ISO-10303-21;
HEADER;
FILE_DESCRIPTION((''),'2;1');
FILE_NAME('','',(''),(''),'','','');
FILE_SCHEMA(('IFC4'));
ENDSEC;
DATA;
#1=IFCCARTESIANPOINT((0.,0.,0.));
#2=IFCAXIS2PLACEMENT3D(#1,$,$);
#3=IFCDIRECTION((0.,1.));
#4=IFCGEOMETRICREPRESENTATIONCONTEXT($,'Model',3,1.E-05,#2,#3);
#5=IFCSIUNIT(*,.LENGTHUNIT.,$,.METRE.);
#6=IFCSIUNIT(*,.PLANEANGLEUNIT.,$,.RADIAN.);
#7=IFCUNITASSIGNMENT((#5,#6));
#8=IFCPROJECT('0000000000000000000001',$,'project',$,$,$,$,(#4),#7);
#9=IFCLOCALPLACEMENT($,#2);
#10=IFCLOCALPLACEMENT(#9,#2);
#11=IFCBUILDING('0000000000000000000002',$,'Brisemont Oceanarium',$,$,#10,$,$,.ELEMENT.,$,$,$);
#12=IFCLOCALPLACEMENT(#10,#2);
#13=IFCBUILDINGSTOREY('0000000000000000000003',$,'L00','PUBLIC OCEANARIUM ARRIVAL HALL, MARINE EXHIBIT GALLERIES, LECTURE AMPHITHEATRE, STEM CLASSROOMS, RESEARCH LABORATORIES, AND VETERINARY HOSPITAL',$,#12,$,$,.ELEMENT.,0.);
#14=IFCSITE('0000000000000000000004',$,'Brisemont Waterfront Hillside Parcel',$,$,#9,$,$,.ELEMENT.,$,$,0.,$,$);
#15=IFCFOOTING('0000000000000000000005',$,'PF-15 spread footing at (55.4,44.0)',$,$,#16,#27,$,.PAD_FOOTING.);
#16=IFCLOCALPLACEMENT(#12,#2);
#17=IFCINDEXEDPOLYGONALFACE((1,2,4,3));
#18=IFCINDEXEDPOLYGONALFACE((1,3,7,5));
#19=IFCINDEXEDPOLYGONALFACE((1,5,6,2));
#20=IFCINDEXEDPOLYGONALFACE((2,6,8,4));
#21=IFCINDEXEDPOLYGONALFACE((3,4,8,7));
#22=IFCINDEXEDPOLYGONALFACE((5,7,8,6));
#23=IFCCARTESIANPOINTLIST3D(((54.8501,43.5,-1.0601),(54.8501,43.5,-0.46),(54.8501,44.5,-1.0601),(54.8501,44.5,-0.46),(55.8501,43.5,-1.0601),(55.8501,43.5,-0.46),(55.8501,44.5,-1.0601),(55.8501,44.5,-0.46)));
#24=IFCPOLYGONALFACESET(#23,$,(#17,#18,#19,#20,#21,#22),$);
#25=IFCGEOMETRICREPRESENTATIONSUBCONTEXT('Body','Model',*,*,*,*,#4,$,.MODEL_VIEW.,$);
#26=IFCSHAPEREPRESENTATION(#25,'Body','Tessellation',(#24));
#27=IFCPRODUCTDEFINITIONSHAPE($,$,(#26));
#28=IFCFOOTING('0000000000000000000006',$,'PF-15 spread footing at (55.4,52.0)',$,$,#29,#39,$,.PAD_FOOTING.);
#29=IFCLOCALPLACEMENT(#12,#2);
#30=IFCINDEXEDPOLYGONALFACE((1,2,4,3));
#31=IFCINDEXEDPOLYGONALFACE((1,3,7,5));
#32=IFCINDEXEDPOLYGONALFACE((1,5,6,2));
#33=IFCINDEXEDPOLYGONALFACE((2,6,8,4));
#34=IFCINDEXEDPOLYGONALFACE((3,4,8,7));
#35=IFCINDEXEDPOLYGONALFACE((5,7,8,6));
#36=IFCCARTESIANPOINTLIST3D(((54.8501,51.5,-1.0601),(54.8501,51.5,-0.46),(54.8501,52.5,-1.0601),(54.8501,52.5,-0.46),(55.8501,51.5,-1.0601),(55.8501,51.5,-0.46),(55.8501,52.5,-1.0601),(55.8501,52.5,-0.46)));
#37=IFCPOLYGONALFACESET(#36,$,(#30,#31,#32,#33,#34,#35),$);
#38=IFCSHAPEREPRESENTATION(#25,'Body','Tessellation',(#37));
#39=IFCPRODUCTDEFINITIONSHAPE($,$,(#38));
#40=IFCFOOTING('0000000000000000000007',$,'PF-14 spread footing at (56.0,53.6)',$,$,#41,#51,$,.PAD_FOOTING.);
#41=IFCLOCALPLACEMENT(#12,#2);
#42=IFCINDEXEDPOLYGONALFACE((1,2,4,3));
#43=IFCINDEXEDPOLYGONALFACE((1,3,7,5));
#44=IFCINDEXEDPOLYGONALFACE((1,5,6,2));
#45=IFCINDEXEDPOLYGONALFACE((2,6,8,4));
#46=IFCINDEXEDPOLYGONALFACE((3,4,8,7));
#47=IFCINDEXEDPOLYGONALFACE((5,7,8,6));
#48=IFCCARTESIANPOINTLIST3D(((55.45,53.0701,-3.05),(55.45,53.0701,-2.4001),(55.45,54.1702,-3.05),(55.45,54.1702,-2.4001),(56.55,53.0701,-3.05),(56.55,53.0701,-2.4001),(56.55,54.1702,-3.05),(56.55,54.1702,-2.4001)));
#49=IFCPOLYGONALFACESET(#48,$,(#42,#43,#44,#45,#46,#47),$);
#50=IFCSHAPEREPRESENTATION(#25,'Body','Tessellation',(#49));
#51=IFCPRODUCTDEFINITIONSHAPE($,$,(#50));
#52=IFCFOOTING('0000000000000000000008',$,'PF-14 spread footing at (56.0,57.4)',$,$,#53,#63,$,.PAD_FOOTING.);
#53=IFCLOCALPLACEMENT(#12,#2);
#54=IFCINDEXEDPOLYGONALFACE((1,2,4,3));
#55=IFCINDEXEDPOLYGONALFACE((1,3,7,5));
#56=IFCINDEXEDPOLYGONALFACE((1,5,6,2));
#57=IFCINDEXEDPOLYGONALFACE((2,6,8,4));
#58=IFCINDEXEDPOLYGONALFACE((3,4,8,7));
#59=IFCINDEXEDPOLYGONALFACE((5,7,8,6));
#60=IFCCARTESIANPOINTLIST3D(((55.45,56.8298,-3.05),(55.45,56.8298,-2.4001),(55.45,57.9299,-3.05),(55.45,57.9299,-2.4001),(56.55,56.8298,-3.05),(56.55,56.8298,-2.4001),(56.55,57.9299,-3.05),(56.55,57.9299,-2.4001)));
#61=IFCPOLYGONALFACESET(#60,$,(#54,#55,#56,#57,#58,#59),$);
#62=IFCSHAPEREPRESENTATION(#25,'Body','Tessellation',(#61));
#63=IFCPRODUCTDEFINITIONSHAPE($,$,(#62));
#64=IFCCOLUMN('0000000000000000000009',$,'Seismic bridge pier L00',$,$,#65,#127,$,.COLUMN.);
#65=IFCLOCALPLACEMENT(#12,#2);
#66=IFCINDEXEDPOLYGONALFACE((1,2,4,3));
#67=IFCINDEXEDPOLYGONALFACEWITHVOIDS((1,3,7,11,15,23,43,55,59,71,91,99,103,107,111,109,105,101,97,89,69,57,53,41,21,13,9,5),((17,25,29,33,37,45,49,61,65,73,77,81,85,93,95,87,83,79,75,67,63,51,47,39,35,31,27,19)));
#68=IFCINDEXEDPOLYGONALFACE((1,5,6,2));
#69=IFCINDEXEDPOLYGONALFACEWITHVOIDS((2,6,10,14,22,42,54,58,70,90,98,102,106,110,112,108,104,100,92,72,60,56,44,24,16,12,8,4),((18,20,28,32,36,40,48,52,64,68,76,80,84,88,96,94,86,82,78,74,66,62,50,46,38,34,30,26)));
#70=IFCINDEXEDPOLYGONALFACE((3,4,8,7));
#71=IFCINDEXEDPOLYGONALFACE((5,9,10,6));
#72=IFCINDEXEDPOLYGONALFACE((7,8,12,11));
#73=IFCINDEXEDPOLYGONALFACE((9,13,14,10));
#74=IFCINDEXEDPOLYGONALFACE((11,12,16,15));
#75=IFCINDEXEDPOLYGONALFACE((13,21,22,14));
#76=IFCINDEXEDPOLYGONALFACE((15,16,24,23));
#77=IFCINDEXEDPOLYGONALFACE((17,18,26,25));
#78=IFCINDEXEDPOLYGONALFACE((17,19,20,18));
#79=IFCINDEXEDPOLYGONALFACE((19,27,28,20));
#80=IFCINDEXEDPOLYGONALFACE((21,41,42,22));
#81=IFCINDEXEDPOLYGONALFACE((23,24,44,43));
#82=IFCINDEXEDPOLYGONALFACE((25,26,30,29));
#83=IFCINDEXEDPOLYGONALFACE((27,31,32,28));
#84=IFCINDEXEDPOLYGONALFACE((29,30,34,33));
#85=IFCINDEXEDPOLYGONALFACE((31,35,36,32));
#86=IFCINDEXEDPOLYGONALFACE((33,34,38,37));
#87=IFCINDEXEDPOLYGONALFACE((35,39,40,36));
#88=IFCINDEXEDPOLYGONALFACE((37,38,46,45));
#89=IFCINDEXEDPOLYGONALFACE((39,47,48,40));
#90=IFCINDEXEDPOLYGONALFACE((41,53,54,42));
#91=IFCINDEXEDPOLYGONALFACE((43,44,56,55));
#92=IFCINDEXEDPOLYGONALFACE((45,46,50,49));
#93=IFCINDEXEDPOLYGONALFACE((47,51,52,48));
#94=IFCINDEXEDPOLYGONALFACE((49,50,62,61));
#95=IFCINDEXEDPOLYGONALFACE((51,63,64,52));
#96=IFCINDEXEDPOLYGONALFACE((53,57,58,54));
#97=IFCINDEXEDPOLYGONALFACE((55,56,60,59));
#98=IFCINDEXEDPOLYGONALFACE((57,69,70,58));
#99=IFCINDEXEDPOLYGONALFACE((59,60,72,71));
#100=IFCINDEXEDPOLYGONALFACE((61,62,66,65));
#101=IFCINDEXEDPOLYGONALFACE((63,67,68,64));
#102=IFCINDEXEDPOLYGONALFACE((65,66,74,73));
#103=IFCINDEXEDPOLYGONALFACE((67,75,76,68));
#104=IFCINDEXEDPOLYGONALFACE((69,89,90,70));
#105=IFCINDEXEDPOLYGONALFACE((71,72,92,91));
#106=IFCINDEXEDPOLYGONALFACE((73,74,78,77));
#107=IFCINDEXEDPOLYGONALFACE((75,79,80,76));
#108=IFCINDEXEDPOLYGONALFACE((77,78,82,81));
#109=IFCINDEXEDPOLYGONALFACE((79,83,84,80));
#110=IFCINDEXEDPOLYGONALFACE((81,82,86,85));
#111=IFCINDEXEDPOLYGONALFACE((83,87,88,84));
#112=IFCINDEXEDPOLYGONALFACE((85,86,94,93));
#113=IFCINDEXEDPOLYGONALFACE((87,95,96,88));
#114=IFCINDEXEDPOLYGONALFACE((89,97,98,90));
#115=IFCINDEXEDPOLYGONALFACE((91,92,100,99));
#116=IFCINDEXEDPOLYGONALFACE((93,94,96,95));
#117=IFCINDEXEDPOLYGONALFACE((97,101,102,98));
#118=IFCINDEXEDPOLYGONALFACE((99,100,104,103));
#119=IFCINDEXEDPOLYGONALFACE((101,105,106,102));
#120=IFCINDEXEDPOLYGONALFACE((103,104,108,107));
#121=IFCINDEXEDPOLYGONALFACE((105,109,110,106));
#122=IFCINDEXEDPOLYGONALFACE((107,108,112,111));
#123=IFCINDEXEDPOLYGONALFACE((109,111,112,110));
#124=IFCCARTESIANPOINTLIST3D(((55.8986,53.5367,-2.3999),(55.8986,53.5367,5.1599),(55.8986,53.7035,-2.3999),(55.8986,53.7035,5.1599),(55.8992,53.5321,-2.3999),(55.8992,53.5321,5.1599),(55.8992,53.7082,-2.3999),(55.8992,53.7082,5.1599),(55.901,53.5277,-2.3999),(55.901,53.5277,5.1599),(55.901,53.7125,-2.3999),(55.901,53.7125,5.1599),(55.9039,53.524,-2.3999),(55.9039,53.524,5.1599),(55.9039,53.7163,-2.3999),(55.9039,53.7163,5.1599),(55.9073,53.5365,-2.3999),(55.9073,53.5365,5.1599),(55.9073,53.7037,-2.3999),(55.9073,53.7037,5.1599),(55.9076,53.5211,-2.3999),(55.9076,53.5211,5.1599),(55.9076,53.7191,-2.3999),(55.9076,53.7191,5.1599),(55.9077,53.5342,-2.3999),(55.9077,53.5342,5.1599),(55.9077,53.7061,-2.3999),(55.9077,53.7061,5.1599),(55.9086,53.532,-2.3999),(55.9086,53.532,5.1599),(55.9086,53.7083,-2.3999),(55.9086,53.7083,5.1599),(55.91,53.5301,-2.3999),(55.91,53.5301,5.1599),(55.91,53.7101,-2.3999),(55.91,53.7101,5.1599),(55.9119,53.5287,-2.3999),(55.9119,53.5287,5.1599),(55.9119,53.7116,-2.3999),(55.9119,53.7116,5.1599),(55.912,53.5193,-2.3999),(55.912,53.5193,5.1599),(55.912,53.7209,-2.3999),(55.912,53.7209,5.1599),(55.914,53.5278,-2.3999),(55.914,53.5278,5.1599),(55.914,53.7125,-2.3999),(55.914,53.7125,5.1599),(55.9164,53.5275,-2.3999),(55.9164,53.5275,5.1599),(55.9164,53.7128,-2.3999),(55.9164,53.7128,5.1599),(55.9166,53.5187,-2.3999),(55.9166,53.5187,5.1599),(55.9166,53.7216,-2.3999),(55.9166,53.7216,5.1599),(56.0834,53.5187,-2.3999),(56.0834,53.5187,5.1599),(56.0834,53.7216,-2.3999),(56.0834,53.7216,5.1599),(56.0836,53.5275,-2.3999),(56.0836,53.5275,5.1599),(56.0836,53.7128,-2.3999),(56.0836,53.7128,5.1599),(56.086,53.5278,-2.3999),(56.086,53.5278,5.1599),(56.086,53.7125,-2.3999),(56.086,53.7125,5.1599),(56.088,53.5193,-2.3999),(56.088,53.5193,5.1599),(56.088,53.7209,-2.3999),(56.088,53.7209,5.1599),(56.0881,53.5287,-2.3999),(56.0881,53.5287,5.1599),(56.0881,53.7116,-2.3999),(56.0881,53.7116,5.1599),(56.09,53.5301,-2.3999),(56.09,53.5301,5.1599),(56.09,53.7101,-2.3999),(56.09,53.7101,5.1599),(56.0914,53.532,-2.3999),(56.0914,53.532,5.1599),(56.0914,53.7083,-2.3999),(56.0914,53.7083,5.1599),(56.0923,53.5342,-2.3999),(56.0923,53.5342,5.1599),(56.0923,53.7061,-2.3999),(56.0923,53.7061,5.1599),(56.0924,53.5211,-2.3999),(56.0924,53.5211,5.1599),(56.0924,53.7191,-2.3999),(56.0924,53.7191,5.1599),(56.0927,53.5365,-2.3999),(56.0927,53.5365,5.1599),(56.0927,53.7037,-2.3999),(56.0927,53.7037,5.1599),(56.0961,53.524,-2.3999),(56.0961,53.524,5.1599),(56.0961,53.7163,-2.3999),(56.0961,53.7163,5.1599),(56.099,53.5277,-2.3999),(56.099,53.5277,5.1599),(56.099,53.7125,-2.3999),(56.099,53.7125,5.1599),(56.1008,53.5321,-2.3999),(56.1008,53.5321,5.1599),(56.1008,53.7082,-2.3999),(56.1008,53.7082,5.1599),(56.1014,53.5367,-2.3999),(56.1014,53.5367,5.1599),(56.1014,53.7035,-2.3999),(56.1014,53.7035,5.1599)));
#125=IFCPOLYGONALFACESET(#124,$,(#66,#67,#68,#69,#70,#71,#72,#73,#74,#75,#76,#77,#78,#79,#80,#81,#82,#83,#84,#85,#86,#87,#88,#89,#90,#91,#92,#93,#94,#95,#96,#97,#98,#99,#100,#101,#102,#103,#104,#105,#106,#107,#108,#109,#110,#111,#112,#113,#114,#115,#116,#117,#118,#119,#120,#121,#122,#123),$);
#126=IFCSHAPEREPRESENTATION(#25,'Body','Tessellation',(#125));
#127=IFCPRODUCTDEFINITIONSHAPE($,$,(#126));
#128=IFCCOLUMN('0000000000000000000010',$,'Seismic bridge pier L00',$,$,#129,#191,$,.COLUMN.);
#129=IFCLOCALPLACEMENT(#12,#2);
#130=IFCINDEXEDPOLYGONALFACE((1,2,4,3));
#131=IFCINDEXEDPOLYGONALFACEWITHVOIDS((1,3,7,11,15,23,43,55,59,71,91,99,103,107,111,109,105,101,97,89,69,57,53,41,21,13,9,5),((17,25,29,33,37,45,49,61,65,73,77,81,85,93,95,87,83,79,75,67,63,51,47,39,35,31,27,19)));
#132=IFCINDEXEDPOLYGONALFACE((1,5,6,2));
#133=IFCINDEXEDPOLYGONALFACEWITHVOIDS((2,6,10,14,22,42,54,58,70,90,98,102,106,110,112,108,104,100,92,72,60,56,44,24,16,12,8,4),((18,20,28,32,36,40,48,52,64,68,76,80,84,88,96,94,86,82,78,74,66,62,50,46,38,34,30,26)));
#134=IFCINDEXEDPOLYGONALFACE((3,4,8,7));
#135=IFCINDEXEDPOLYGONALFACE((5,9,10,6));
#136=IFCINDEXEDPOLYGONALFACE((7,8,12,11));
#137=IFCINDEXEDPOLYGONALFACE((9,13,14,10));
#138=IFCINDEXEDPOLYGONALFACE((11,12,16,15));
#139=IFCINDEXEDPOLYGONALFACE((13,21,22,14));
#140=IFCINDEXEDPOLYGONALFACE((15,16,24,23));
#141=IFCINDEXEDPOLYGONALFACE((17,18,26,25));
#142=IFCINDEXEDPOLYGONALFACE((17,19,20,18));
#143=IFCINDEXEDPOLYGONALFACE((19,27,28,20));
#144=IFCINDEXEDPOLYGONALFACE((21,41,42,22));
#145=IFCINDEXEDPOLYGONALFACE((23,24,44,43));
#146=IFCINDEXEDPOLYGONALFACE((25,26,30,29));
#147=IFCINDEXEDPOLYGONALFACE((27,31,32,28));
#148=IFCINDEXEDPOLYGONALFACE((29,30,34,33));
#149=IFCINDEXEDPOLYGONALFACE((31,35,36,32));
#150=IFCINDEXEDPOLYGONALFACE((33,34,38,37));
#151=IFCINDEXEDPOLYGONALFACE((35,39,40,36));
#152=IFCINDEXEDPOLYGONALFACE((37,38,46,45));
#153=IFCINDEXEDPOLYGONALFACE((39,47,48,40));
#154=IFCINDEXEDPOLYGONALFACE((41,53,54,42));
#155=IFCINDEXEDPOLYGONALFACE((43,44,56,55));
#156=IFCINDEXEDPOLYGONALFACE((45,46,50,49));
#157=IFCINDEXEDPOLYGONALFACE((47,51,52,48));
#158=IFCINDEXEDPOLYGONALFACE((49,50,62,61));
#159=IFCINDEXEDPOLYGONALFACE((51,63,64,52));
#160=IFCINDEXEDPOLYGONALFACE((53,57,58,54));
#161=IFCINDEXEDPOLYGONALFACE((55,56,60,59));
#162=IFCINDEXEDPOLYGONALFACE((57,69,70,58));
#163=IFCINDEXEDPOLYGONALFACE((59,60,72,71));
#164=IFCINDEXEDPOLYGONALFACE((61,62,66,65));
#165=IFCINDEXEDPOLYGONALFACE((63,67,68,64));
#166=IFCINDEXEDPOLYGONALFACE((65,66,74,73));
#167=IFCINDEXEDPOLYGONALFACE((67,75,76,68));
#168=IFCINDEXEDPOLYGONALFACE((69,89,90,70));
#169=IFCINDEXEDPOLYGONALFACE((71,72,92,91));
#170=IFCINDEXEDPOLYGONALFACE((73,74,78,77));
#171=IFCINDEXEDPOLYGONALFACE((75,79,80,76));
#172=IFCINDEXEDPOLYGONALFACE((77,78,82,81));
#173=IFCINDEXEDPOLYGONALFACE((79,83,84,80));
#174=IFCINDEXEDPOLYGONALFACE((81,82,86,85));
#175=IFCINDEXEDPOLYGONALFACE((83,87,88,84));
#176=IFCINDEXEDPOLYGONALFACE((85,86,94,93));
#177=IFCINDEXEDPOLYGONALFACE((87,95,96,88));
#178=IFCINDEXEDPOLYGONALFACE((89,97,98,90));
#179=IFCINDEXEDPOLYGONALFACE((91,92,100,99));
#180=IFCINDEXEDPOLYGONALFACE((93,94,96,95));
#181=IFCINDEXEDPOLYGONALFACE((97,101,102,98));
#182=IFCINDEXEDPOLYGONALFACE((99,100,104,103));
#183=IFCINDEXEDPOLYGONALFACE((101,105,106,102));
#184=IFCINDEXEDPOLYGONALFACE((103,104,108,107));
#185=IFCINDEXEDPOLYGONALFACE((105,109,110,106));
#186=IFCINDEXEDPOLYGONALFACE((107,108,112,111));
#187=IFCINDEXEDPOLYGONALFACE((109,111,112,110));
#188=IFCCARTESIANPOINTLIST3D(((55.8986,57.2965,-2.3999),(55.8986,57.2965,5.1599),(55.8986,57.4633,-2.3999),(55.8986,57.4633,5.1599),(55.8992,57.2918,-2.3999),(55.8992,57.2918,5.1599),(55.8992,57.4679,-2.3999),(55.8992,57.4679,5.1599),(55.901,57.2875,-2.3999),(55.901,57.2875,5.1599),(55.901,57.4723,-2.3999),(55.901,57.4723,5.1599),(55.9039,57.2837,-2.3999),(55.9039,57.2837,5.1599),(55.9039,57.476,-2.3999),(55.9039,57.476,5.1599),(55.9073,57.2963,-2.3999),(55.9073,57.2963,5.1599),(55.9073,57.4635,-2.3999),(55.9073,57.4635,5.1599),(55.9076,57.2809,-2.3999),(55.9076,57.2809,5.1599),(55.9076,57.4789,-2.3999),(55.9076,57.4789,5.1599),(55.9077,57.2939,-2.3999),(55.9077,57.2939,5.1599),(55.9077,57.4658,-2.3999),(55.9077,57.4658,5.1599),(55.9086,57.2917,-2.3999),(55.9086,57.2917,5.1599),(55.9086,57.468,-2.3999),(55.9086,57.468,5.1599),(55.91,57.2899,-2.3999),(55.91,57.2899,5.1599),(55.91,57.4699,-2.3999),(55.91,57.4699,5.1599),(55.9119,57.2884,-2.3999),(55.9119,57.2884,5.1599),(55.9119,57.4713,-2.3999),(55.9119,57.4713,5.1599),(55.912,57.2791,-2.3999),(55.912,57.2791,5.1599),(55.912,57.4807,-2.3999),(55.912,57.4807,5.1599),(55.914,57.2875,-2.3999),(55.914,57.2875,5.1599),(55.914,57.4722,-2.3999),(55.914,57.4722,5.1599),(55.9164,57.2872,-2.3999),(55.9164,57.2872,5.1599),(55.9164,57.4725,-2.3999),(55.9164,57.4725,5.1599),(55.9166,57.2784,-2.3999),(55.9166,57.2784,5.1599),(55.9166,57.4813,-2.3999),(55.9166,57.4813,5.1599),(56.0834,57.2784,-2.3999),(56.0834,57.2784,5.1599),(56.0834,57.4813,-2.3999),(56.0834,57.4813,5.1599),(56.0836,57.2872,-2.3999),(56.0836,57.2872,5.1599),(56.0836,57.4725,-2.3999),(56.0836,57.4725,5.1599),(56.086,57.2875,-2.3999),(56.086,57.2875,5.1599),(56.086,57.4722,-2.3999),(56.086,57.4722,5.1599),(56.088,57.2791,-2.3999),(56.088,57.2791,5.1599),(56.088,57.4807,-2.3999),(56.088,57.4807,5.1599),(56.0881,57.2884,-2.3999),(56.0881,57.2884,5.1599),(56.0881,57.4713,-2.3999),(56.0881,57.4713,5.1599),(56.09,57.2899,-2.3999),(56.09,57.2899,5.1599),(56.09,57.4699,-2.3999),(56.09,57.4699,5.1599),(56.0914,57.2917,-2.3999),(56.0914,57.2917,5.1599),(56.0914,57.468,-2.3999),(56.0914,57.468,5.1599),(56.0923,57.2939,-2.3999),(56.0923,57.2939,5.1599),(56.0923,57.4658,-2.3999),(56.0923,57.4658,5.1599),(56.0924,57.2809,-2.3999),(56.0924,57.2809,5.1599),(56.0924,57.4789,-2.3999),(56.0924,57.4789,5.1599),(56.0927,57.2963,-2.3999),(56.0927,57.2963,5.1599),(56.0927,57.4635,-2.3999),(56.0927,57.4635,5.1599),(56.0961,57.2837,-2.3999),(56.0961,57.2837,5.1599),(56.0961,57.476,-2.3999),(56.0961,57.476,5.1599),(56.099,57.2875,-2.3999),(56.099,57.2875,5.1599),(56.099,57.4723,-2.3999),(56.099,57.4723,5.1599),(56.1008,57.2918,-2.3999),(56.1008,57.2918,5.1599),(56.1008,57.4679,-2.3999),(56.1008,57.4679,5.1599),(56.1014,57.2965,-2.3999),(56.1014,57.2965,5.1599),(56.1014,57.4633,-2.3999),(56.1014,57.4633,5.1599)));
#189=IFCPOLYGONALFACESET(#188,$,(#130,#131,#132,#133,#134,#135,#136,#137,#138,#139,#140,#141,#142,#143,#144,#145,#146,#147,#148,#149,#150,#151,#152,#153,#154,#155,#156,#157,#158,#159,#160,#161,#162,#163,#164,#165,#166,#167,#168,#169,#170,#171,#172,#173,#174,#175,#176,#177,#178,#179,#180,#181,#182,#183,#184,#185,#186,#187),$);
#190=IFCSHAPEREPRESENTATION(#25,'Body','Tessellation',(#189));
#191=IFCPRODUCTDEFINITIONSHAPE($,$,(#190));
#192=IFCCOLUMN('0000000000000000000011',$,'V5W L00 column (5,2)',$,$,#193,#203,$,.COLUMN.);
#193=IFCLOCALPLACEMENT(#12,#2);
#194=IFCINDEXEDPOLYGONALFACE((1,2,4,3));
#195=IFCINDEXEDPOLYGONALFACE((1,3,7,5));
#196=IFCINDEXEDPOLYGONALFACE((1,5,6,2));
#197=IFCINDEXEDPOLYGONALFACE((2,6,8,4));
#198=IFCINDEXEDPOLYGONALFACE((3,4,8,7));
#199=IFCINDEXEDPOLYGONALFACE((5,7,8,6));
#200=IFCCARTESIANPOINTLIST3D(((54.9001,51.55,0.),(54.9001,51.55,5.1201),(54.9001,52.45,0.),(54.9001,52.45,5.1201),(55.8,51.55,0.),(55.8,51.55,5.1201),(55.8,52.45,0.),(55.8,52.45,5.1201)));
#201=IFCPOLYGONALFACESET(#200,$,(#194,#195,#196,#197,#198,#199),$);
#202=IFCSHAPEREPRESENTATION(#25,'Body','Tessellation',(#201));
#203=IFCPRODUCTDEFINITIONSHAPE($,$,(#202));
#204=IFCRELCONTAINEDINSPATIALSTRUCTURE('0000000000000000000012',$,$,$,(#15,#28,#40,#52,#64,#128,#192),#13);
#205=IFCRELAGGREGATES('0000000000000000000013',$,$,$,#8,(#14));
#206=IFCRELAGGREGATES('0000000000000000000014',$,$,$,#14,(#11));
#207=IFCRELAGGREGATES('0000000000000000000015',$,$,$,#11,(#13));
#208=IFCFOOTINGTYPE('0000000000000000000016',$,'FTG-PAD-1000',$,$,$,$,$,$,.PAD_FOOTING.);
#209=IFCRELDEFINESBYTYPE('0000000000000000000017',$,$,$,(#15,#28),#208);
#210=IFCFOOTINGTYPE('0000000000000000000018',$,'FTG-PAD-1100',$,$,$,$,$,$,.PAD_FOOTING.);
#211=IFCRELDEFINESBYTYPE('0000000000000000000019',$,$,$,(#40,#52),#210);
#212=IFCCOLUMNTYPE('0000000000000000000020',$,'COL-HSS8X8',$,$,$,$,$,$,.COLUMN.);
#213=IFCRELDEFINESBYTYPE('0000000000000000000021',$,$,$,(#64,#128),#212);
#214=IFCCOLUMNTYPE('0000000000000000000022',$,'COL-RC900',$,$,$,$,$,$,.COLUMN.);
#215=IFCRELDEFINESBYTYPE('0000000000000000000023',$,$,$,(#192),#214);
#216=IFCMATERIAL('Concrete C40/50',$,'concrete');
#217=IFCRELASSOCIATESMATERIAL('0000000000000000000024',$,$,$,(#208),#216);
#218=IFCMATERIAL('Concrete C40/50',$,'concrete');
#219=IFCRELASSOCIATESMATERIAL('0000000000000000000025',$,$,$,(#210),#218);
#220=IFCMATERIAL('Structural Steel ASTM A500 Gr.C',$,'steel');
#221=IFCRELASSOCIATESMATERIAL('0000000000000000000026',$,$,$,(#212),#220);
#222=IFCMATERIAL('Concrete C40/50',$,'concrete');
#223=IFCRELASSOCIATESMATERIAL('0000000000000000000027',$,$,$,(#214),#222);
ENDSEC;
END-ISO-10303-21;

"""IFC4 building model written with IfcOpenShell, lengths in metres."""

from ifc_helpers import new_model, si_unit, direction, frame, origin, origin_2d, place, context, subcontext, project, spatial, rectangle, hollow_rectangle, extrude, material, material_profile, profile_set, type_object, element, save


model = new_model("IFC4")

# Units and contexts
model_context = context("Model", 3, precision=1e-05, world=origin(), true_north=direction((0.0, 1.0)))
body_context = subcontext(model_context, "Body", "Model", "MODEL_VIEW")
ifc_project = project(units=[si_unit("LENGTHUNIT", "METRE"), si_unit("PLANEANGLEUNIT", "RADIAN")], contexts=[model_context])

# Site, building, storey
site_placement = place(None, origin())
site = spatial("IfcSite", under=ifc_project, at=site_placement, Name="Brisemont Waterfront Hillside Parcel", CompositionType="ELEMENT", RefElevation=0.0)
building_placement = place(site_placement, origin())
building = spatial("IfcBuilding", under=site, at=building_placement, Name="Brisemont Oceanarium", CompositionType="ELEMENT")
storey_placement = place(building_placement, origin())
storey = spatial("IfcBuildingStorey", under=building, at=storey_placement, Name="L00", Description="PUBLIC OCEANARIUM ARRIVAL HALL, MARINE EXHIBIT GALLERIES, LECTURE AMPHITHEATRE, STEM CLASSROOMS, RESEARCH LABORATORIES, AND VETERINARY HOSPITAL", CompositionType="ELEMENT", Elevation=0.0)

# Footings
ifc_material_1 = material(Name="Concrete C40/50", Category="concrete")
footing_type_1 = type_object("IfcFootingType", Name="FTG-PAD-1000", PredefinedType="PAD_FOOTING", material=ifc_material_1)
for number, where, z_axis, x_axis, name in (
    (1, (55.3501, 44.0, -1.0601), (0.0, 0.0, 1.0), (1.0, 0.0, 0.0), "PF-15 spread footing at (55.4,44.0)"),
    (2, (55.3501, 52.0, -1.0601), (0.0, 0.0, 1.0), (1.0, 0.0, 0.0), "PF-15 spread footing at (55.4,52.0)"),
):
    element("IfcFooting", number, at=place(storey_placement, frame(where, z_axis=z_axis, x_axis=x_axis)), inside=storey, type_object=footing_type_1, Name=name, PredefinedType="PAD_FOOTING", context=body_context, shape_type="SweptSolid", body=[
        extrude(rectangle(XDim=1.0, YDim=1.0, at=origin_2d()), origin(), (0.0, 0.0, 1.0), 0.6001),
    ])
ifc_material_2 = material(Name="Concrete C40/50", Category="concrete")
footing_type_2 = type_object("IfcFootingType", Name="FTG-PAD-1100", PredefinedType="PAD_FOOTING", material=ifc_material_2)
for number, where, z_axis, x_axis, name in (
    (3, (56.0, 53.6201, -3.05), (0.0, 0.0, 1.0), (1.0, 0.0, 0.0), "PF-14 spread footing at (56.0,53.6)"),
    (4, (56.0, 57.3799, -3.05), (0.0, 0.0, 1.0), (1.0, 0.0, 0.0), "PF-14 spread footing at (56.0,57.4)"),
):
    element("IfcFooting", number, at=place(storey_placement, frame(where, z_axis=z_axis, x_axis=x_axis)), inside=storey, type_object=footing_type_2, Name=name, PredefinedType="PAD_FOOTING", context=body_context, shape_type="SweptSolid", body=[
        extrude(rectangle(XDim=1.1001, YDim=1.1001, at=origin_2d()), origin(), (0.0, 0.0, 1.0), 0.6499),
    ])

# Columns
ifc_material_3 = material(Name="Structural Steel ASTM A500 Gr.C", Category="steel")
ifc_material_profile_1 = material_profile(ifc_material_3, hollow_rectangle(XDim=0.2029, YDim=0.2029, WallThickness=0.0088, InnerFilletRadius=0.009, OuterFilletRadius=0.0181, at=origin_2d()), Name="HSS8X8X3/8")
ifc_profile_set_1 = profile_set([ifc_material_profile_1], Name="Structural Steel ASTM A500 Gr.C")
column_type_1 = type_object("IfcColumnType", Name="COL-HSS8X8", PredefinedType="COLUMN", material=ifc_profile_set_1)
for number, where, z_axis, x_axis, name in (
    (5, (56.0, 53.6201, -2.3999), (0.0, 0.0, 1.0), (1.0, 0.0, 0.0), "Seismic bridge pier L00"),
    (6, (56.0, 57.3799, -2.3999), (0.0, 0.0, 1.0), (1.0, 0.0, 0.0), "Seismic bridge pier L00"),
):
    element("IfcColumn", number, at=place(storey_placement, frame(where, z_axis=z_axis, x_axis=x_axis)), inside=storey, type_object=column_type_1, Name=name, PredefinedType="COLUMN", context=body_context, shape_type="SweptSolid", body=[
        extrude(hollow_rectangle(XDim=0.2029, YDim=0.2029, WallThickness=0.0088, InnerFilletRadius=0.009, OuterFilletRadius=0.0181, at=origin_2d()), origin(), (0.0, 0.0, 1.0), 7.5598),
    ])
ifc_material_4 = material(Name="Concrete C40/50", Category="concrete")
ifc_material_profile_2 = material_profile(ifc_material_4, rectangle(XDim=0.8999, YDim=0.8999, at=origin_2d()), Name="RC-COL-900X900")
ifc_profile_set_2 = profile_set([ifc_material_profile_2], Name="Concrete C40/50")
column_type_2 = type_object("IfcColumnType", Name="COL-RC900", PredefinedType="COLUMN", material=ifc_profile_set_2)
column_1_placement = place(storey_placement, frame((55.3501, 52.0, 0.0), z_axis=(0.0, 0.0, 1.0), x_axis=(0.0, 1.0, 0.0)))
element("IfcColumn", 7, at=column_1_placement, inside=storey, type_object=column_type_2, Name="V5W L00 column (5,2)", PredefinedType="COLUMN", context=body_context, shape_type="SweptSolid", body=[
    extrude(rectangle(XDim=0.8999, YDim=0.8999, at=origin_2d()), origin(), (0.0, 0.0, 1.0), 5.1201),
])

save(model, "model.ifc")
